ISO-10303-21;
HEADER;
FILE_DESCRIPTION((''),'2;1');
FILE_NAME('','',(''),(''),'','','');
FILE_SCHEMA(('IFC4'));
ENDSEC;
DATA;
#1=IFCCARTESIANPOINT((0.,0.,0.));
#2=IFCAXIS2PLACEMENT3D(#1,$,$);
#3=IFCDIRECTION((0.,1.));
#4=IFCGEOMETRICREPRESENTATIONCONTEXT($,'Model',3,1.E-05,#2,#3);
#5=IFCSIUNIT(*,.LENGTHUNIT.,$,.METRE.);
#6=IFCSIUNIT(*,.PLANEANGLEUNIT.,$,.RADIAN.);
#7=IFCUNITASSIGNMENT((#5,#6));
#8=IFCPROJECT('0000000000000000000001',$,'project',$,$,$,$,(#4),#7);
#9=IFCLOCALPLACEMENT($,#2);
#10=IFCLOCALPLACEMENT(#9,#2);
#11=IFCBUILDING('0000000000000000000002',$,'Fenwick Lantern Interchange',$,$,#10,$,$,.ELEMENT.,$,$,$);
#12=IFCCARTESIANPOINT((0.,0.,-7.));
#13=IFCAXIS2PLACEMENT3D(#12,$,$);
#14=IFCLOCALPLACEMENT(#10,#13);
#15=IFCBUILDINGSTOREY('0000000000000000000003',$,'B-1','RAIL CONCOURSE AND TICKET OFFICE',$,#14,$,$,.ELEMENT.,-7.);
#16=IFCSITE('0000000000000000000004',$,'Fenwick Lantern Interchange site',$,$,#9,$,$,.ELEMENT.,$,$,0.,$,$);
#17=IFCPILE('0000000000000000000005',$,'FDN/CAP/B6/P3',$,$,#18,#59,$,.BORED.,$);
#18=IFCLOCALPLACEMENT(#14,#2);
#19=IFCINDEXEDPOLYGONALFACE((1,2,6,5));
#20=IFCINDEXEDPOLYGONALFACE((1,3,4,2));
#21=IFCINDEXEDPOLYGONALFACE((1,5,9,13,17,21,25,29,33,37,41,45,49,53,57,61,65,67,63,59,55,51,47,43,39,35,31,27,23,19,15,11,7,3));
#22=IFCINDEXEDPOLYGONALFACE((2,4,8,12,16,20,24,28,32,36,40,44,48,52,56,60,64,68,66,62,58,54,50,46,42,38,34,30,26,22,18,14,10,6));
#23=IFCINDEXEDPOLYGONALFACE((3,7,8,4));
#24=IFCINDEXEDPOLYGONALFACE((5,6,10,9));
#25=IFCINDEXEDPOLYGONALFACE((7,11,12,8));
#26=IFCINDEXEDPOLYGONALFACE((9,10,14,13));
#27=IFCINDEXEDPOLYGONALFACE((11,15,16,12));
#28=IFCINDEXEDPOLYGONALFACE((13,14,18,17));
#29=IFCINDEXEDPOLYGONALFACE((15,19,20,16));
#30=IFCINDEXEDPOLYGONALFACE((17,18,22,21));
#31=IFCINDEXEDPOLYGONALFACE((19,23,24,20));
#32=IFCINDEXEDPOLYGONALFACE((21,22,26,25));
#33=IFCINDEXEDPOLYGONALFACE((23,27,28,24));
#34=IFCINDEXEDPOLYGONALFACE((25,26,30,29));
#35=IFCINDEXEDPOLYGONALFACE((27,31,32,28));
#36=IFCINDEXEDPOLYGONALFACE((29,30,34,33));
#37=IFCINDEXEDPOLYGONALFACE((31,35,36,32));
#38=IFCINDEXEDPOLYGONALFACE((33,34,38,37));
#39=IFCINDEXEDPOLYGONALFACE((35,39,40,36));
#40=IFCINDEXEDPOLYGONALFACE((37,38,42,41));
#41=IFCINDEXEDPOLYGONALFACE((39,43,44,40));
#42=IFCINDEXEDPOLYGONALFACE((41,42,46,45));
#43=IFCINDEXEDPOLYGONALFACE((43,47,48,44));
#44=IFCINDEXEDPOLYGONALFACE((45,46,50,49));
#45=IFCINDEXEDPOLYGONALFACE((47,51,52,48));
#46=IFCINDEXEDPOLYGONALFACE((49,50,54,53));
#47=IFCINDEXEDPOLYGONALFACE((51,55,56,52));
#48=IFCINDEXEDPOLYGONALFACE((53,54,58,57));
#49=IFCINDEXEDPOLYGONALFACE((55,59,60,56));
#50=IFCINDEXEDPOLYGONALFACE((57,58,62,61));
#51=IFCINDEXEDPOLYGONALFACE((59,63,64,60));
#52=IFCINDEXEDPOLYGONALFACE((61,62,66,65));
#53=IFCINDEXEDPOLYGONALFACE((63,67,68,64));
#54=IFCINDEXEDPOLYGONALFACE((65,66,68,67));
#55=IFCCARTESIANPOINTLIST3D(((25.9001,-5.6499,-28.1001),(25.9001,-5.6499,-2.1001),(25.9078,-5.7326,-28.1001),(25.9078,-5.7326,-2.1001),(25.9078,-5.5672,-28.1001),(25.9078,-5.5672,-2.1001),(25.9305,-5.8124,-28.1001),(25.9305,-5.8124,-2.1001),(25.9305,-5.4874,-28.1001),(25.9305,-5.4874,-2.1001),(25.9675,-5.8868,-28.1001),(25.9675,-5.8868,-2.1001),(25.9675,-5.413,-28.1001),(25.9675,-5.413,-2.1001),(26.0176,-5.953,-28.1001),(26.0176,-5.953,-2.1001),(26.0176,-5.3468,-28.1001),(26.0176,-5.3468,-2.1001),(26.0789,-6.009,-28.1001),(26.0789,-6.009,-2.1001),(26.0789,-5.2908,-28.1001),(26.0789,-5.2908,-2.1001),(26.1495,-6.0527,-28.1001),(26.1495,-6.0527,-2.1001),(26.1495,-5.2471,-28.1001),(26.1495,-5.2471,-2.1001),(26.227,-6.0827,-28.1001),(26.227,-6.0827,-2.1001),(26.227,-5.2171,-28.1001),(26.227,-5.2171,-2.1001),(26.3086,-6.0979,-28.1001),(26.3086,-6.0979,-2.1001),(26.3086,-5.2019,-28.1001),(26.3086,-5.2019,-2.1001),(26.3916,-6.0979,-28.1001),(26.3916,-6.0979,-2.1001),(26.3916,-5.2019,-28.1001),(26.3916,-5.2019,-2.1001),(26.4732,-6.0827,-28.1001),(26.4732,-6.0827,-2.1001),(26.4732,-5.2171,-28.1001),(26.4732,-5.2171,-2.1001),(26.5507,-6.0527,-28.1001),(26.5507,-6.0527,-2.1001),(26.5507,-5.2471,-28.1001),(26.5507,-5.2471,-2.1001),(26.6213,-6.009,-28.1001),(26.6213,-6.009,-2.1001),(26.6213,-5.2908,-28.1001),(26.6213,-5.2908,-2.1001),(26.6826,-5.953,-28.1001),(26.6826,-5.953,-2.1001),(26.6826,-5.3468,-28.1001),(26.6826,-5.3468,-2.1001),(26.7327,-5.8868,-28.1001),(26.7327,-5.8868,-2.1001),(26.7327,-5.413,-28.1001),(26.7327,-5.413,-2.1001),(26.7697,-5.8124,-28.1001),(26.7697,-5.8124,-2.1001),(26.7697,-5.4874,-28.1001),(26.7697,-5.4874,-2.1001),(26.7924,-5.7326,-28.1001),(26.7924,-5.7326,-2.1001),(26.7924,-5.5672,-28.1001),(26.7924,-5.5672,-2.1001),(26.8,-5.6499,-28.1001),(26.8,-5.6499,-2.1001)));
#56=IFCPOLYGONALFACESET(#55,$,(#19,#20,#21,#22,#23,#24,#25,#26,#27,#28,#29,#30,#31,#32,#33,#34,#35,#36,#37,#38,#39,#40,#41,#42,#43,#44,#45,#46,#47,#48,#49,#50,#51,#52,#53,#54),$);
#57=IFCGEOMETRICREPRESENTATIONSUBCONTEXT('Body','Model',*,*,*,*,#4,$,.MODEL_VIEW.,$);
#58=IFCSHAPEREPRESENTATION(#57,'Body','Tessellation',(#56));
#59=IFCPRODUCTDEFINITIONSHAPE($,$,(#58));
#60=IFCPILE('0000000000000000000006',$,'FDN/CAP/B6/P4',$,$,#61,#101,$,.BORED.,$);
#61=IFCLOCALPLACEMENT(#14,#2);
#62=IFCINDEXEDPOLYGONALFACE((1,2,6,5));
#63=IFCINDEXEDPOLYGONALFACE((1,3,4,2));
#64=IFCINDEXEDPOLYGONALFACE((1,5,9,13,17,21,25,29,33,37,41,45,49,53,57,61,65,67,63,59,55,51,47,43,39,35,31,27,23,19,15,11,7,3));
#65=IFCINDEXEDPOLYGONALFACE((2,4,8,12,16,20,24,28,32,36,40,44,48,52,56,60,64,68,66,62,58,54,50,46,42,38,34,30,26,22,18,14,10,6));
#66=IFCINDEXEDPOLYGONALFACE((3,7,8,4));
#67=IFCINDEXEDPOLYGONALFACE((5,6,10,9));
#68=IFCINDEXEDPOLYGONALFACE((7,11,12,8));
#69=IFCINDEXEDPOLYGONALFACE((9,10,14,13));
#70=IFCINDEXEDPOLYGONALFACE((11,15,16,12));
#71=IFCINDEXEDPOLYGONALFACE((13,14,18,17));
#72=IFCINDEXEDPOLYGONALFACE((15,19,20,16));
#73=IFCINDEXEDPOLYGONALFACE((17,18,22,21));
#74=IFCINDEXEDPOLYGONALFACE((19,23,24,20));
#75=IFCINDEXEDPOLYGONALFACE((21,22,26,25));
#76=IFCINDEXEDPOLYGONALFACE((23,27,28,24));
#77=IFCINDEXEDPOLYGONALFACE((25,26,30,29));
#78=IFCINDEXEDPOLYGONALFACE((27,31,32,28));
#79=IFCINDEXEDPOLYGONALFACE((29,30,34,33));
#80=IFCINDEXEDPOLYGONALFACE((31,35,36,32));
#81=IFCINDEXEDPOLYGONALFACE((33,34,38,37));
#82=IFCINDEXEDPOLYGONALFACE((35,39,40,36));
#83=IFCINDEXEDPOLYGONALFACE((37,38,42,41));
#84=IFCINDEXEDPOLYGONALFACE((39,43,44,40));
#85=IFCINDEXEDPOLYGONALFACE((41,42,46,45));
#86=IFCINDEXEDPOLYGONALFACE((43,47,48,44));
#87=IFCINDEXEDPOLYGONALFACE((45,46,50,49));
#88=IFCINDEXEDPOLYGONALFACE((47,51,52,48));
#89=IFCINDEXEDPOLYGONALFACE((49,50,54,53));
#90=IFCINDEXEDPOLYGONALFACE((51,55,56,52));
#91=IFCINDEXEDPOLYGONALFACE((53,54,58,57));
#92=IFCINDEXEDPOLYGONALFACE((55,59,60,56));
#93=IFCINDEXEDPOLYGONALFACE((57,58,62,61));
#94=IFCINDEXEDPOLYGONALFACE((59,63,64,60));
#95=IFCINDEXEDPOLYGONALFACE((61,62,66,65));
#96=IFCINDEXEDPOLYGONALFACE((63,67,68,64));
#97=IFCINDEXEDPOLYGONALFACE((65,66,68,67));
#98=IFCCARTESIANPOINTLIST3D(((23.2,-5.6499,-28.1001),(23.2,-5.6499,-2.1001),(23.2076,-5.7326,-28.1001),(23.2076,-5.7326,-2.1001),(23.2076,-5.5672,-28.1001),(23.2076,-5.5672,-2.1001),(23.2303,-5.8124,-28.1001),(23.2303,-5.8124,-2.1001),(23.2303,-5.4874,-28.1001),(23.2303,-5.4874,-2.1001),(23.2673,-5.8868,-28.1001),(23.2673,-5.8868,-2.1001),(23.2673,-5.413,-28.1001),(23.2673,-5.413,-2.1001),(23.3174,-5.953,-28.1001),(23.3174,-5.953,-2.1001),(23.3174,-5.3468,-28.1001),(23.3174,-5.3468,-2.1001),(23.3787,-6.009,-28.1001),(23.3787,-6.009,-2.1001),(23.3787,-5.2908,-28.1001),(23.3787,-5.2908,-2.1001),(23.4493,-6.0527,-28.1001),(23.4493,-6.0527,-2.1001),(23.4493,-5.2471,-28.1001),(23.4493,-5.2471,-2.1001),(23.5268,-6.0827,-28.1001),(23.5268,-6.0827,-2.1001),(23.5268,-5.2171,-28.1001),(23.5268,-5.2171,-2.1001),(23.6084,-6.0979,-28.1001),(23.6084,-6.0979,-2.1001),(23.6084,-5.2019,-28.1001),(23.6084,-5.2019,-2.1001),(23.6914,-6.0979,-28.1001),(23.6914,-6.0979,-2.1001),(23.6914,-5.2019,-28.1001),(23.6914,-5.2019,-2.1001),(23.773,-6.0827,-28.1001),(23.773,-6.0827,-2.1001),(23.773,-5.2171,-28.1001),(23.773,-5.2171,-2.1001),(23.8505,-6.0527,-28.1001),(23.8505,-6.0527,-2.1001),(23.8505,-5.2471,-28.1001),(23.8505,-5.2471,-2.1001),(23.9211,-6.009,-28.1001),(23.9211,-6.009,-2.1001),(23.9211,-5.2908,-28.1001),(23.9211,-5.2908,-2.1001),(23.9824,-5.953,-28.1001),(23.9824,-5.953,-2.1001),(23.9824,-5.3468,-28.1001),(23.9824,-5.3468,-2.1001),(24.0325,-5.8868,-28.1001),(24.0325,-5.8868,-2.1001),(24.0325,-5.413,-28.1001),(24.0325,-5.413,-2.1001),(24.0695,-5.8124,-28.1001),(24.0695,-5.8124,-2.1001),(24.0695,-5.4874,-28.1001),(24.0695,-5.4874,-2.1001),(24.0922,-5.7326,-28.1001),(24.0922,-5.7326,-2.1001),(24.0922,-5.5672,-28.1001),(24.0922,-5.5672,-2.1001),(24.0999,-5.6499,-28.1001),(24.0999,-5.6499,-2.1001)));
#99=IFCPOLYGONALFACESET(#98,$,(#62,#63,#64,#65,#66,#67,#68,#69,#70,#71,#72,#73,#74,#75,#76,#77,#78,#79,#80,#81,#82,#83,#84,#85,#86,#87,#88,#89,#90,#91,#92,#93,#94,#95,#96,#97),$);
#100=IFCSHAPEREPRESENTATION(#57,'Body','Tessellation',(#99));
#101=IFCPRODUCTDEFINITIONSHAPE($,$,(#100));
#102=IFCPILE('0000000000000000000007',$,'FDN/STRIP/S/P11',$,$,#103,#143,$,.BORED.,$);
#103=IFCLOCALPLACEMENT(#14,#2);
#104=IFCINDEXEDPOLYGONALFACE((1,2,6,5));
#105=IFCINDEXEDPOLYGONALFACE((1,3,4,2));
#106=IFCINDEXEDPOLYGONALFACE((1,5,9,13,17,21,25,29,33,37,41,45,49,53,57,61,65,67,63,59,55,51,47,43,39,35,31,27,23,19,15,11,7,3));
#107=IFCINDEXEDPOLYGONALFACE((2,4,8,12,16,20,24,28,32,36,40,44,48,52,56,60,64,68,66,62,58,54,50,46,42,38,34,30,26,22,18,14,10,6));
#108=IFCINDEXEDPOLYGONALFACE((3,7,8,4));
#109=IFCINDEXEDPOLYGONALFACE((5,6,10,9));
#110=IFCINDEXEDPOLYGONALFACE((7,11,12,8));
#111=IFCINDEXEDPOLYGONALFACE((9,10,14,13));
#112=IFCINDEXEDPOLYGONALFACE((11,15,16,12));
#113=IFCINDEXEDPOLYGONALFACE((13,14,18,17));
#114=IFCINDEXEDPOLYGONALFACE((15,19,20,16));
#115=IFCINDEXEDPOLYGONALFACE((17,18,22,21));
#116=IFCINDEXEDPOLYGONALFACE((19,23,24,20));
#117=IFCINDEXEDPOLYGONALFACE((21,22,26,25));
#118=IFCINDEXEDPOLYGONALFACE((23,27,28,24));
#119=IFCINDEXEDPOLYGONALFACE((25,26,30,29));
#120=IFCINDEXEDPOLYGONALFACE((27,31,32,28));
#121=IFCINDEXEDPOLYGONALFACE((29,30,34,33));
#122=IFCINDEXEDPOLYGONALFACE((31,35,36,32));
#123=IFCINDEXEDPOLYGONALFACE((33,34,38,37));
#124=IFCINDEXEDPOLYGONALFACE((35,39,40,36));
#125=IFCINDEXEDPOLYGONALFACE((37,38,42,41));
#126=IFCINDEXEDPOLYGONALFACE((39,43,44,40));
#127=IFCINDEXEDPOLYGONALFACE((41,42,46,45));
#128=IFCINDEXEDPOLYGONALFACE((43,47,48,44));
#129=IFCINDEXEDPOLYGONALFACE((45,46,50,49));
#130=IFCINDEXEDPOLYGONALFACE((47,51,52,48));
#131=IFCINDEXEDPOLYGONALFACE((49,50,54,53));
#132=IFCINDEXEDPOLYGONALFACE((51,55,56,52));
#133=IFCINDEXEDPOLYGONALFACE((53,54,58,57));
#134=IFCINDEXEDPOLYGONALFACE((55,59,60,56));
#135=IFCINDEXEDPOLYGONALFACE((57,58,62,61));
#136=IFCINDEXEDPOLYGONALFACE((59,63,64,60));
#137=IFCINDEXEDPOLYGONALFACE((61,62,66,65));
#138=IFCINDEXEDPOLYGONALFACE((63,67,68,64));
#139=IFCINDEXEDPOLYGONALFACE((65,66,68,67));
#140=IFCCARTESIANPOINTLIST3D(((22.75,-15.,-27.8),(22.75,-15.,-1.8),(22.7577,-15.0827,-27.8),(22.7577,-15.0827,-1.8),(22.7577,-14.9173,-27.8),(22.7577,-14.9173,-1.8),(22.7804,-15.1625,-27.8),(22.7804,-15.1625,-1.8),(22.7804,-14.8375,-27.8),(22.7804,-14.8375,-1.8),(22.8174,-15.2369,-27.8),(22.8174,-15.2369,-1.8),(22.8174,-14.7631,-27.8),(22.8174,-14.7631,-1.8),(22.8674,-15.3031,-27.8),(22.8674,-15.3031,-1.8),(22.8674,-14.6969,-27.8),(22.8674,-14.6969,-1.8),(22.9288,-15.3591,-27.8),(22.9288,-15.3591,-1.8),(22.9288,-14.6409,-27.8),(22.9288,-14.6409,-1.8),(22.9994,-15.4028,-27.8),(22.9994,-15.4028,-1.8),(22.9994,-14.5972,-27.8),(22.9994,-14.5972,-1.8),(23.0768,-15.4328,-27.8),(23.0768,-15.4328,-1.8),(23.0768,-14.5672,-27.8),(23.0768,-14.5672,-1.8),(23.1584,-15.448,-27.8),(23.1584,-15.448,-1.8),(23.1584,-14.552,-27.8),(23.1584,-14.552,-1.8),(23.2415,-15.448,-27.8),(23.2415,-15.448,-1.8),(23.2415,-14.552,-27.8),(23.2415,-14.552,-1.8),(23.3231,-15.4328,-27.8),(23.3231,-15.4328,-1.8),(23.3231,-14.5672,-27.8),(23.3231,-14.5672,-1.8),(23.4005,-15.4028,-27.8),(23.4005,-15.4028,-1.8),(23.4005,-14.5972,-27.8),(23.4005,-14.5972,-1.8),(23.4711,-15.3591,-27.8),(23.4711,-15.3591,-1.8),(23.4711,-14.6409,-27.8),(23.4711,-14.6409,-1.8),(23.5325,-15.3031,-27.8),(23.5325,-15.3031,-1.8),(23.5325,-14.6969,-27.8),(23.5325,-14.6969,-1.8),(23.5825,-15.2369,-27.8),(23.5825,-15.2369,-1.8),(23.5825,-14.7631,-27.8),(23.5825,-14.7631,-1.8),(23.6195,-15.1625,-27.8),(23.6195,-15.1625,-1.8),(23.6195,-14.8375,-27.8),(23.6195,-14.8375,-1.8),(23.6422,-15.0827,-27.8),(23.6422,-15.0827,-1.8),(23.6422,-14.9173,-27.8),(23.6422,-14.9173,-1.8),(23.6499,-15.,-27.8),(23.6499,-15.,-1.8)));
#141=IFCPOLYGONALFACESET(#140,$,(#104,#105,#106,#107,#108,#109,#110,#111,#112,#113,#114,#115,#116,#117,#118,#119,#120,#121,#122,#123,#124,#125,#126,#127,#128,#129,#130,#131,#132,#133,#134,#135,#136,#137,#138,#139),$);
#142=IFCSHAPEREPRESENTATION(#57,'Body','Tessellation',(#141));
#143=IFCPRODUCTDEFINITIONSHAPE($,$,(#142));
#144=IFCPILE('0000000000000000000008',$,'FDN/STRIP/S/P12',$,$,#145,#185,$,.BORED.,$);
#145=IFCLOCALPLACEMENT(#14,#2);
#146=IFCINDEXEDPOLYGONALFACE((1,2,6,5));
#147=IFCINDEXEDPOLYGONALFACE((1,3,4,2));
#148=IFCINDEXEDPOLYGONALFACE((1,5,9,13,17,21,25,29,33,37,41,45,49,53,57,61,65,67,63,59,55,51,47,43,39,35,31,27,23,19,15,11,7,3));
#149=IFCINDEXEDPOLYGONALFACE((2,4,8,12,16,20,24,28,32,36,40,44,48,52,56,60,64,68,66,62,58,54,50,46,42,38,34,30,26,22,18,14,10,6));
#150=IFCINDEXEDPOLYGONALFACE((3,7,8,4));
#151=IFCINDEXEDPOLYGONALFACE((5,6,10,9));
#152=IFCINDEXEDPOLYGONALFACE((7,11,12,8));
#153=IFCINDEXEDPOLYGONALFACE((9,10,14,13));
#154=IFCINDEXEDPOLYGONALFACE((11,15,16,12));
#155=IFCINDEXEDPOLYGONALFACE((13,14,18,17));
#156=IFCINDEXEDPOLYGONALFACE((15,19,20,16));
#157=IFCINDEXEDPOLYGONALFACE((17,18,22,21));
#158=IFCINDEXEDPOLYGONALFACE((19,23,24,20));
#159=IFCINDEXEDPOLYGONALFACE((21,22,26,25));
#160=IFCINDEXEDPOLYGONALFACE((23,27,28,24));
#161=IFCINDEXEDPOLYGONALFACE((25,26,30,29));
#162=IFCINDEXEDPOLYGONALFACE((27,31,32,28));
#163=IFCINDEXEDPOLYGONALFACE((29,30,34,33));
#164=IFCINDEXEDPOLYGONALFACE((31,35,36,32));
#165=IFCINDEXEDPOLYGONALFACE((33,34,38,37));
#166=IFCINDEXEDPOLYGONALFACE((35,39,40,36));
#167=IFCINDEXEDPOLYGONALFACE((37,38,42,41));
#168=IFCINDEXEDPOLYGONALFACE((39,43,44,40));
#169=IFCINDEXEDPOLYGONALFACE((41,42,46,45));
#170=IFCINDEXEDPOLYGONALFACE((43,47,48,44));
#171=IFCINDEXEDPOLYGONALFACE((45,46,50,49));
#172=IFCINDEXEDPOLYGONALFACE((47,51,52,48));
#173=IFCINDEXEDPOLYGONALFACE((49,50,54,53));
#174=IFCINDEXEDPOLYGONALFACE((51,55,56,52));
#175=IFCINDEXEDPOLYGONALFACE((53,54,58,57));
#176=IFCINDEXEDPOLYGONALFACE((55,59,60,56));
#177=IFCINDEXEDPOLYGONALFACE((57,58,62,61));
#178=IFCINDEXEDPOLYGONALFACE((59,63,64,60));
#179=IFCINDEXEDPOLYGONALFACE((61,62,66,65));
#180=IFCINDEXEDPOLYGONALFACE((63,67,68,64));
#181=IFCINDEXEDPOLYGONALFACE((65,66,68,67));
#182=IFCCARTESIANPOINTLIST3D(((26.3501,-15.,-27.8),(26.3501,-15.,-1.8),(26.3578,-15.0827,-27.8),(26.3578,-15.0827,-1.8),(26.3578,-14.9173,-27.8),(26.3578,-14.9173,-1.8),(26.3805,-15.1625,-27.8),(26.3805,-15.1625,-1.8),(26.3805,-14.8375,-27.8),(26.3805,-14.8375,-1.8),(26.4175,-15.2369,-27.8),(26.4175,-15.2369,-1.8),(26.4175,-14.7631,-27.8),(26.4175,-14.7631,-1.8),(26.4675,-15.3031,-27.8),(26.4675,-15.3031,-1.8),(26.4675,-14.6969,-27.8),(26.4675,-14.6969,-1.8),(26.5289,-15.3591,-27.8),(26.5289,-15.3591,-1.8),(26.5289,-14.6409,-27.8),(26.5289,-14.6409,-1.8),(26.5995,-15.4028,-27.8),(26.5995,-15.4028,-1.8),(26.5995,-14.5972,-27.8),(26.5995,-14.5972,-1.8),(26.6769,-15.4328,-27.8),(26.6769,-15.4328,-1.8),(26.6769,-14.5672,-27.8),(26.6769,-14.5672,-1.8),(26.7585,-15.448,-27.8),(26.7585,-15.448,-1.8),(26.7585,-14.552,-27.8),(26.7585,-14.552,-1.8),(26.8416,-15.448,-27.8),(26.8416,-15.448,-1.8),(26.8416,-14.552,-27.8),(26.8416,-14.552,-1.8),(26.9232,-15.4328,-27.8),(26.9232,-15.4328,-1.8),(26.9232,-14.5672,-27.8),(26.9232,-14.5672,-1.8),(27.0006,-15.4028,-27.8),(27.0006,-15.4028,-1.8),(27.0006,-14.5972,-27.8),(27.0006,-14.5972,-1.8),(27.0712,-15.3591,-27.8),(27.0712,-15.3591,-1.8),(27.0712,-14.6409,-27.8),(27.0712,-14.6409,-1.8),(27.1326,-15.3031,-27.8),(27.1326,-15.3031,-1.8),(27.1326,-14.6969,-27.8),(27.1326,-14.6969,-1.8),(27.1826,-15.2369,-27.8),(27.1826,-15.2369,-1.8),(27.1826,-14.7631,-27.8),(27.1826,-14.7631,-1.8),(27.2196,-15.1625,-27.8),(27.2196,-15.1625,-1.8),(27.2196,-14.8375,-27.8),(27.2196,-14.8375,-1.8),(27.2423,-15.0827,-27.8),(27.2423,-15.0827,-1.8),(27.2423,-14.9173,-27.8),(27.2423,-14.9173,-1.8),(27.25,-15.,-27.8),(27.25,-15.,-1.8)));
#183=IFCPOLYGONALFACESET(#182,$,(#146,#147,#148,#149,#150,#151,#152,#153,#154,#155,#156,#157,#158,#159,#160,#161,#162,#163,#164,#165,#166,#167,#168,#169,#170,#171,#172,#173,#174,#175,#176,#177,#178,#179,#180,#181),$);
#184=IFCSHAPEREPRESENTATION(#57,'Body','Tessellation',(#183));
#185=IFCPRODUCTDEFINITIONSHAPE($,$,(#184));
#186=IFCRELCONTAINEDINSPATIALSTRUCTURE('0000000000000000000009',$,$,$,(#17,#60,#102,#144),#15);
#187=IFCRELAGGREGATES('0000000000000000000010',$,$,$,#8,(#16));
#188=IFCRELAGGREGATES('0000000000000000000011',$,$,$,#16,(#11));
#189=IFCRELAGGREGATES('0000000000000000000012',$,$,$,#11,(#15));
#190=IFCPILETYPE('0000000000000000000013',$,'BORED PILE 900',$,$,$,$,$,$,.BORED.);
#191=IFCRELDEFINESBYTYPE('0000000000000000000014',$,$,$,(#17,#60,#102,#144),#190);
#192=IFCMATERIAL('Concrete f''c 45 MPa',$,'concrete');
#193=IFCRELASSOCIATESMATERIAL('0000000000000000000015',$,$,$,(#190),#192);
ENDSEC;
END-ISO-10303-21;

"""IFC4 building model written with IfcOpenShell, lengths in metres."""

from ifc_helpers import new_model, si_unit, direction, frame, origin, origin_2d, place, context, subcontext, project, spatial, circle, extrude, material, type_object, element, save


model = new_model("IFC4")

# Units and contexts
model_context = context("Model", 3, precision=1e-05, world=origin(), true_north=direction((0.0, 1.0)))
body_context = subcontext(model_context, "Body", "Model", "MODEL_VIEW")
ifc_project = project(units=[si_unit("LENGTHUNIT", "METRE"), si_unit("PLANEANGLEUNIT", "RADIAN")], contexts=[model_context])

# Site, building, storey
site_placement = place(None, origin())
site = spatial("IfcSite", under=ifc_project, at=site_placement, Name="Fenwick Lantern Interchange site", CompositionType="ELEMENT", RefElevation=0.0)
building_placement = place(site_placement, origin())
building = spatial("IfcBuilding", under=site, at=building_placement, Name="Fenwick Lantern Interchange", CompositionType="ELEMENT")
storey_placement = place(building_placement, frame((0.0, 0.0, -7.0)))
storey = spatial("IfcBuildingStorey", under=building, at=storey_placement, Name="B-1", Description="RAIL CONCOURSE AND TICKET OFFICE", CompositionType="ELEMENT", Elevation=-7.0)

# Piles
ifc_material_1 = material(Name="Concrete f'c 45 MPa", Category="concrete")
pile_type_1 = type_object("IfcPileType", Name="BORED PILE 900", PredefinedType="BORED", material=ifc_material_1)
for number, where, z_axis, x_axis, name in (
    (1, (26.3501, -5.6499, -2.1001), (0.0, 0.0, -1.0), (1.0, 0.0, 0.0), "FDN/CAP/B6/P3"),
    (2, (23.6499, -5.6499, -2.1001), (0.0, 0.0, -1.0), (1.0, 0.0, 0.0), "FDN/CAP/B6/P4"),
    (3, (23.2, -15.0, -1.8), (0.0, 0.0, -1.0), (1.0, 0.0, 0.0), "FDN/STRIP/S/P11"),
    (4, (26.8, -15.0, -1.8), (0.0, 0.0, -1.0), (1.0, 0.0, 0.0), "FDN/STRIP/S/P12"),
):
    element("IfcPile", number, at=place(storey_placement, frame(where, z_axis=z_axis, x_axis=x_axis)), inside=storey, type_object=pile_type_1, Name=name, PredefinedType="BORED", context=body_context, shape_type="SweptSolid", body=[
        extrude(circle(Radius=0.45, at=origin_2d()), origin(), (0.0, 0.0, 1.0), 26.0),
    ])

save(model, "model.ifc")
